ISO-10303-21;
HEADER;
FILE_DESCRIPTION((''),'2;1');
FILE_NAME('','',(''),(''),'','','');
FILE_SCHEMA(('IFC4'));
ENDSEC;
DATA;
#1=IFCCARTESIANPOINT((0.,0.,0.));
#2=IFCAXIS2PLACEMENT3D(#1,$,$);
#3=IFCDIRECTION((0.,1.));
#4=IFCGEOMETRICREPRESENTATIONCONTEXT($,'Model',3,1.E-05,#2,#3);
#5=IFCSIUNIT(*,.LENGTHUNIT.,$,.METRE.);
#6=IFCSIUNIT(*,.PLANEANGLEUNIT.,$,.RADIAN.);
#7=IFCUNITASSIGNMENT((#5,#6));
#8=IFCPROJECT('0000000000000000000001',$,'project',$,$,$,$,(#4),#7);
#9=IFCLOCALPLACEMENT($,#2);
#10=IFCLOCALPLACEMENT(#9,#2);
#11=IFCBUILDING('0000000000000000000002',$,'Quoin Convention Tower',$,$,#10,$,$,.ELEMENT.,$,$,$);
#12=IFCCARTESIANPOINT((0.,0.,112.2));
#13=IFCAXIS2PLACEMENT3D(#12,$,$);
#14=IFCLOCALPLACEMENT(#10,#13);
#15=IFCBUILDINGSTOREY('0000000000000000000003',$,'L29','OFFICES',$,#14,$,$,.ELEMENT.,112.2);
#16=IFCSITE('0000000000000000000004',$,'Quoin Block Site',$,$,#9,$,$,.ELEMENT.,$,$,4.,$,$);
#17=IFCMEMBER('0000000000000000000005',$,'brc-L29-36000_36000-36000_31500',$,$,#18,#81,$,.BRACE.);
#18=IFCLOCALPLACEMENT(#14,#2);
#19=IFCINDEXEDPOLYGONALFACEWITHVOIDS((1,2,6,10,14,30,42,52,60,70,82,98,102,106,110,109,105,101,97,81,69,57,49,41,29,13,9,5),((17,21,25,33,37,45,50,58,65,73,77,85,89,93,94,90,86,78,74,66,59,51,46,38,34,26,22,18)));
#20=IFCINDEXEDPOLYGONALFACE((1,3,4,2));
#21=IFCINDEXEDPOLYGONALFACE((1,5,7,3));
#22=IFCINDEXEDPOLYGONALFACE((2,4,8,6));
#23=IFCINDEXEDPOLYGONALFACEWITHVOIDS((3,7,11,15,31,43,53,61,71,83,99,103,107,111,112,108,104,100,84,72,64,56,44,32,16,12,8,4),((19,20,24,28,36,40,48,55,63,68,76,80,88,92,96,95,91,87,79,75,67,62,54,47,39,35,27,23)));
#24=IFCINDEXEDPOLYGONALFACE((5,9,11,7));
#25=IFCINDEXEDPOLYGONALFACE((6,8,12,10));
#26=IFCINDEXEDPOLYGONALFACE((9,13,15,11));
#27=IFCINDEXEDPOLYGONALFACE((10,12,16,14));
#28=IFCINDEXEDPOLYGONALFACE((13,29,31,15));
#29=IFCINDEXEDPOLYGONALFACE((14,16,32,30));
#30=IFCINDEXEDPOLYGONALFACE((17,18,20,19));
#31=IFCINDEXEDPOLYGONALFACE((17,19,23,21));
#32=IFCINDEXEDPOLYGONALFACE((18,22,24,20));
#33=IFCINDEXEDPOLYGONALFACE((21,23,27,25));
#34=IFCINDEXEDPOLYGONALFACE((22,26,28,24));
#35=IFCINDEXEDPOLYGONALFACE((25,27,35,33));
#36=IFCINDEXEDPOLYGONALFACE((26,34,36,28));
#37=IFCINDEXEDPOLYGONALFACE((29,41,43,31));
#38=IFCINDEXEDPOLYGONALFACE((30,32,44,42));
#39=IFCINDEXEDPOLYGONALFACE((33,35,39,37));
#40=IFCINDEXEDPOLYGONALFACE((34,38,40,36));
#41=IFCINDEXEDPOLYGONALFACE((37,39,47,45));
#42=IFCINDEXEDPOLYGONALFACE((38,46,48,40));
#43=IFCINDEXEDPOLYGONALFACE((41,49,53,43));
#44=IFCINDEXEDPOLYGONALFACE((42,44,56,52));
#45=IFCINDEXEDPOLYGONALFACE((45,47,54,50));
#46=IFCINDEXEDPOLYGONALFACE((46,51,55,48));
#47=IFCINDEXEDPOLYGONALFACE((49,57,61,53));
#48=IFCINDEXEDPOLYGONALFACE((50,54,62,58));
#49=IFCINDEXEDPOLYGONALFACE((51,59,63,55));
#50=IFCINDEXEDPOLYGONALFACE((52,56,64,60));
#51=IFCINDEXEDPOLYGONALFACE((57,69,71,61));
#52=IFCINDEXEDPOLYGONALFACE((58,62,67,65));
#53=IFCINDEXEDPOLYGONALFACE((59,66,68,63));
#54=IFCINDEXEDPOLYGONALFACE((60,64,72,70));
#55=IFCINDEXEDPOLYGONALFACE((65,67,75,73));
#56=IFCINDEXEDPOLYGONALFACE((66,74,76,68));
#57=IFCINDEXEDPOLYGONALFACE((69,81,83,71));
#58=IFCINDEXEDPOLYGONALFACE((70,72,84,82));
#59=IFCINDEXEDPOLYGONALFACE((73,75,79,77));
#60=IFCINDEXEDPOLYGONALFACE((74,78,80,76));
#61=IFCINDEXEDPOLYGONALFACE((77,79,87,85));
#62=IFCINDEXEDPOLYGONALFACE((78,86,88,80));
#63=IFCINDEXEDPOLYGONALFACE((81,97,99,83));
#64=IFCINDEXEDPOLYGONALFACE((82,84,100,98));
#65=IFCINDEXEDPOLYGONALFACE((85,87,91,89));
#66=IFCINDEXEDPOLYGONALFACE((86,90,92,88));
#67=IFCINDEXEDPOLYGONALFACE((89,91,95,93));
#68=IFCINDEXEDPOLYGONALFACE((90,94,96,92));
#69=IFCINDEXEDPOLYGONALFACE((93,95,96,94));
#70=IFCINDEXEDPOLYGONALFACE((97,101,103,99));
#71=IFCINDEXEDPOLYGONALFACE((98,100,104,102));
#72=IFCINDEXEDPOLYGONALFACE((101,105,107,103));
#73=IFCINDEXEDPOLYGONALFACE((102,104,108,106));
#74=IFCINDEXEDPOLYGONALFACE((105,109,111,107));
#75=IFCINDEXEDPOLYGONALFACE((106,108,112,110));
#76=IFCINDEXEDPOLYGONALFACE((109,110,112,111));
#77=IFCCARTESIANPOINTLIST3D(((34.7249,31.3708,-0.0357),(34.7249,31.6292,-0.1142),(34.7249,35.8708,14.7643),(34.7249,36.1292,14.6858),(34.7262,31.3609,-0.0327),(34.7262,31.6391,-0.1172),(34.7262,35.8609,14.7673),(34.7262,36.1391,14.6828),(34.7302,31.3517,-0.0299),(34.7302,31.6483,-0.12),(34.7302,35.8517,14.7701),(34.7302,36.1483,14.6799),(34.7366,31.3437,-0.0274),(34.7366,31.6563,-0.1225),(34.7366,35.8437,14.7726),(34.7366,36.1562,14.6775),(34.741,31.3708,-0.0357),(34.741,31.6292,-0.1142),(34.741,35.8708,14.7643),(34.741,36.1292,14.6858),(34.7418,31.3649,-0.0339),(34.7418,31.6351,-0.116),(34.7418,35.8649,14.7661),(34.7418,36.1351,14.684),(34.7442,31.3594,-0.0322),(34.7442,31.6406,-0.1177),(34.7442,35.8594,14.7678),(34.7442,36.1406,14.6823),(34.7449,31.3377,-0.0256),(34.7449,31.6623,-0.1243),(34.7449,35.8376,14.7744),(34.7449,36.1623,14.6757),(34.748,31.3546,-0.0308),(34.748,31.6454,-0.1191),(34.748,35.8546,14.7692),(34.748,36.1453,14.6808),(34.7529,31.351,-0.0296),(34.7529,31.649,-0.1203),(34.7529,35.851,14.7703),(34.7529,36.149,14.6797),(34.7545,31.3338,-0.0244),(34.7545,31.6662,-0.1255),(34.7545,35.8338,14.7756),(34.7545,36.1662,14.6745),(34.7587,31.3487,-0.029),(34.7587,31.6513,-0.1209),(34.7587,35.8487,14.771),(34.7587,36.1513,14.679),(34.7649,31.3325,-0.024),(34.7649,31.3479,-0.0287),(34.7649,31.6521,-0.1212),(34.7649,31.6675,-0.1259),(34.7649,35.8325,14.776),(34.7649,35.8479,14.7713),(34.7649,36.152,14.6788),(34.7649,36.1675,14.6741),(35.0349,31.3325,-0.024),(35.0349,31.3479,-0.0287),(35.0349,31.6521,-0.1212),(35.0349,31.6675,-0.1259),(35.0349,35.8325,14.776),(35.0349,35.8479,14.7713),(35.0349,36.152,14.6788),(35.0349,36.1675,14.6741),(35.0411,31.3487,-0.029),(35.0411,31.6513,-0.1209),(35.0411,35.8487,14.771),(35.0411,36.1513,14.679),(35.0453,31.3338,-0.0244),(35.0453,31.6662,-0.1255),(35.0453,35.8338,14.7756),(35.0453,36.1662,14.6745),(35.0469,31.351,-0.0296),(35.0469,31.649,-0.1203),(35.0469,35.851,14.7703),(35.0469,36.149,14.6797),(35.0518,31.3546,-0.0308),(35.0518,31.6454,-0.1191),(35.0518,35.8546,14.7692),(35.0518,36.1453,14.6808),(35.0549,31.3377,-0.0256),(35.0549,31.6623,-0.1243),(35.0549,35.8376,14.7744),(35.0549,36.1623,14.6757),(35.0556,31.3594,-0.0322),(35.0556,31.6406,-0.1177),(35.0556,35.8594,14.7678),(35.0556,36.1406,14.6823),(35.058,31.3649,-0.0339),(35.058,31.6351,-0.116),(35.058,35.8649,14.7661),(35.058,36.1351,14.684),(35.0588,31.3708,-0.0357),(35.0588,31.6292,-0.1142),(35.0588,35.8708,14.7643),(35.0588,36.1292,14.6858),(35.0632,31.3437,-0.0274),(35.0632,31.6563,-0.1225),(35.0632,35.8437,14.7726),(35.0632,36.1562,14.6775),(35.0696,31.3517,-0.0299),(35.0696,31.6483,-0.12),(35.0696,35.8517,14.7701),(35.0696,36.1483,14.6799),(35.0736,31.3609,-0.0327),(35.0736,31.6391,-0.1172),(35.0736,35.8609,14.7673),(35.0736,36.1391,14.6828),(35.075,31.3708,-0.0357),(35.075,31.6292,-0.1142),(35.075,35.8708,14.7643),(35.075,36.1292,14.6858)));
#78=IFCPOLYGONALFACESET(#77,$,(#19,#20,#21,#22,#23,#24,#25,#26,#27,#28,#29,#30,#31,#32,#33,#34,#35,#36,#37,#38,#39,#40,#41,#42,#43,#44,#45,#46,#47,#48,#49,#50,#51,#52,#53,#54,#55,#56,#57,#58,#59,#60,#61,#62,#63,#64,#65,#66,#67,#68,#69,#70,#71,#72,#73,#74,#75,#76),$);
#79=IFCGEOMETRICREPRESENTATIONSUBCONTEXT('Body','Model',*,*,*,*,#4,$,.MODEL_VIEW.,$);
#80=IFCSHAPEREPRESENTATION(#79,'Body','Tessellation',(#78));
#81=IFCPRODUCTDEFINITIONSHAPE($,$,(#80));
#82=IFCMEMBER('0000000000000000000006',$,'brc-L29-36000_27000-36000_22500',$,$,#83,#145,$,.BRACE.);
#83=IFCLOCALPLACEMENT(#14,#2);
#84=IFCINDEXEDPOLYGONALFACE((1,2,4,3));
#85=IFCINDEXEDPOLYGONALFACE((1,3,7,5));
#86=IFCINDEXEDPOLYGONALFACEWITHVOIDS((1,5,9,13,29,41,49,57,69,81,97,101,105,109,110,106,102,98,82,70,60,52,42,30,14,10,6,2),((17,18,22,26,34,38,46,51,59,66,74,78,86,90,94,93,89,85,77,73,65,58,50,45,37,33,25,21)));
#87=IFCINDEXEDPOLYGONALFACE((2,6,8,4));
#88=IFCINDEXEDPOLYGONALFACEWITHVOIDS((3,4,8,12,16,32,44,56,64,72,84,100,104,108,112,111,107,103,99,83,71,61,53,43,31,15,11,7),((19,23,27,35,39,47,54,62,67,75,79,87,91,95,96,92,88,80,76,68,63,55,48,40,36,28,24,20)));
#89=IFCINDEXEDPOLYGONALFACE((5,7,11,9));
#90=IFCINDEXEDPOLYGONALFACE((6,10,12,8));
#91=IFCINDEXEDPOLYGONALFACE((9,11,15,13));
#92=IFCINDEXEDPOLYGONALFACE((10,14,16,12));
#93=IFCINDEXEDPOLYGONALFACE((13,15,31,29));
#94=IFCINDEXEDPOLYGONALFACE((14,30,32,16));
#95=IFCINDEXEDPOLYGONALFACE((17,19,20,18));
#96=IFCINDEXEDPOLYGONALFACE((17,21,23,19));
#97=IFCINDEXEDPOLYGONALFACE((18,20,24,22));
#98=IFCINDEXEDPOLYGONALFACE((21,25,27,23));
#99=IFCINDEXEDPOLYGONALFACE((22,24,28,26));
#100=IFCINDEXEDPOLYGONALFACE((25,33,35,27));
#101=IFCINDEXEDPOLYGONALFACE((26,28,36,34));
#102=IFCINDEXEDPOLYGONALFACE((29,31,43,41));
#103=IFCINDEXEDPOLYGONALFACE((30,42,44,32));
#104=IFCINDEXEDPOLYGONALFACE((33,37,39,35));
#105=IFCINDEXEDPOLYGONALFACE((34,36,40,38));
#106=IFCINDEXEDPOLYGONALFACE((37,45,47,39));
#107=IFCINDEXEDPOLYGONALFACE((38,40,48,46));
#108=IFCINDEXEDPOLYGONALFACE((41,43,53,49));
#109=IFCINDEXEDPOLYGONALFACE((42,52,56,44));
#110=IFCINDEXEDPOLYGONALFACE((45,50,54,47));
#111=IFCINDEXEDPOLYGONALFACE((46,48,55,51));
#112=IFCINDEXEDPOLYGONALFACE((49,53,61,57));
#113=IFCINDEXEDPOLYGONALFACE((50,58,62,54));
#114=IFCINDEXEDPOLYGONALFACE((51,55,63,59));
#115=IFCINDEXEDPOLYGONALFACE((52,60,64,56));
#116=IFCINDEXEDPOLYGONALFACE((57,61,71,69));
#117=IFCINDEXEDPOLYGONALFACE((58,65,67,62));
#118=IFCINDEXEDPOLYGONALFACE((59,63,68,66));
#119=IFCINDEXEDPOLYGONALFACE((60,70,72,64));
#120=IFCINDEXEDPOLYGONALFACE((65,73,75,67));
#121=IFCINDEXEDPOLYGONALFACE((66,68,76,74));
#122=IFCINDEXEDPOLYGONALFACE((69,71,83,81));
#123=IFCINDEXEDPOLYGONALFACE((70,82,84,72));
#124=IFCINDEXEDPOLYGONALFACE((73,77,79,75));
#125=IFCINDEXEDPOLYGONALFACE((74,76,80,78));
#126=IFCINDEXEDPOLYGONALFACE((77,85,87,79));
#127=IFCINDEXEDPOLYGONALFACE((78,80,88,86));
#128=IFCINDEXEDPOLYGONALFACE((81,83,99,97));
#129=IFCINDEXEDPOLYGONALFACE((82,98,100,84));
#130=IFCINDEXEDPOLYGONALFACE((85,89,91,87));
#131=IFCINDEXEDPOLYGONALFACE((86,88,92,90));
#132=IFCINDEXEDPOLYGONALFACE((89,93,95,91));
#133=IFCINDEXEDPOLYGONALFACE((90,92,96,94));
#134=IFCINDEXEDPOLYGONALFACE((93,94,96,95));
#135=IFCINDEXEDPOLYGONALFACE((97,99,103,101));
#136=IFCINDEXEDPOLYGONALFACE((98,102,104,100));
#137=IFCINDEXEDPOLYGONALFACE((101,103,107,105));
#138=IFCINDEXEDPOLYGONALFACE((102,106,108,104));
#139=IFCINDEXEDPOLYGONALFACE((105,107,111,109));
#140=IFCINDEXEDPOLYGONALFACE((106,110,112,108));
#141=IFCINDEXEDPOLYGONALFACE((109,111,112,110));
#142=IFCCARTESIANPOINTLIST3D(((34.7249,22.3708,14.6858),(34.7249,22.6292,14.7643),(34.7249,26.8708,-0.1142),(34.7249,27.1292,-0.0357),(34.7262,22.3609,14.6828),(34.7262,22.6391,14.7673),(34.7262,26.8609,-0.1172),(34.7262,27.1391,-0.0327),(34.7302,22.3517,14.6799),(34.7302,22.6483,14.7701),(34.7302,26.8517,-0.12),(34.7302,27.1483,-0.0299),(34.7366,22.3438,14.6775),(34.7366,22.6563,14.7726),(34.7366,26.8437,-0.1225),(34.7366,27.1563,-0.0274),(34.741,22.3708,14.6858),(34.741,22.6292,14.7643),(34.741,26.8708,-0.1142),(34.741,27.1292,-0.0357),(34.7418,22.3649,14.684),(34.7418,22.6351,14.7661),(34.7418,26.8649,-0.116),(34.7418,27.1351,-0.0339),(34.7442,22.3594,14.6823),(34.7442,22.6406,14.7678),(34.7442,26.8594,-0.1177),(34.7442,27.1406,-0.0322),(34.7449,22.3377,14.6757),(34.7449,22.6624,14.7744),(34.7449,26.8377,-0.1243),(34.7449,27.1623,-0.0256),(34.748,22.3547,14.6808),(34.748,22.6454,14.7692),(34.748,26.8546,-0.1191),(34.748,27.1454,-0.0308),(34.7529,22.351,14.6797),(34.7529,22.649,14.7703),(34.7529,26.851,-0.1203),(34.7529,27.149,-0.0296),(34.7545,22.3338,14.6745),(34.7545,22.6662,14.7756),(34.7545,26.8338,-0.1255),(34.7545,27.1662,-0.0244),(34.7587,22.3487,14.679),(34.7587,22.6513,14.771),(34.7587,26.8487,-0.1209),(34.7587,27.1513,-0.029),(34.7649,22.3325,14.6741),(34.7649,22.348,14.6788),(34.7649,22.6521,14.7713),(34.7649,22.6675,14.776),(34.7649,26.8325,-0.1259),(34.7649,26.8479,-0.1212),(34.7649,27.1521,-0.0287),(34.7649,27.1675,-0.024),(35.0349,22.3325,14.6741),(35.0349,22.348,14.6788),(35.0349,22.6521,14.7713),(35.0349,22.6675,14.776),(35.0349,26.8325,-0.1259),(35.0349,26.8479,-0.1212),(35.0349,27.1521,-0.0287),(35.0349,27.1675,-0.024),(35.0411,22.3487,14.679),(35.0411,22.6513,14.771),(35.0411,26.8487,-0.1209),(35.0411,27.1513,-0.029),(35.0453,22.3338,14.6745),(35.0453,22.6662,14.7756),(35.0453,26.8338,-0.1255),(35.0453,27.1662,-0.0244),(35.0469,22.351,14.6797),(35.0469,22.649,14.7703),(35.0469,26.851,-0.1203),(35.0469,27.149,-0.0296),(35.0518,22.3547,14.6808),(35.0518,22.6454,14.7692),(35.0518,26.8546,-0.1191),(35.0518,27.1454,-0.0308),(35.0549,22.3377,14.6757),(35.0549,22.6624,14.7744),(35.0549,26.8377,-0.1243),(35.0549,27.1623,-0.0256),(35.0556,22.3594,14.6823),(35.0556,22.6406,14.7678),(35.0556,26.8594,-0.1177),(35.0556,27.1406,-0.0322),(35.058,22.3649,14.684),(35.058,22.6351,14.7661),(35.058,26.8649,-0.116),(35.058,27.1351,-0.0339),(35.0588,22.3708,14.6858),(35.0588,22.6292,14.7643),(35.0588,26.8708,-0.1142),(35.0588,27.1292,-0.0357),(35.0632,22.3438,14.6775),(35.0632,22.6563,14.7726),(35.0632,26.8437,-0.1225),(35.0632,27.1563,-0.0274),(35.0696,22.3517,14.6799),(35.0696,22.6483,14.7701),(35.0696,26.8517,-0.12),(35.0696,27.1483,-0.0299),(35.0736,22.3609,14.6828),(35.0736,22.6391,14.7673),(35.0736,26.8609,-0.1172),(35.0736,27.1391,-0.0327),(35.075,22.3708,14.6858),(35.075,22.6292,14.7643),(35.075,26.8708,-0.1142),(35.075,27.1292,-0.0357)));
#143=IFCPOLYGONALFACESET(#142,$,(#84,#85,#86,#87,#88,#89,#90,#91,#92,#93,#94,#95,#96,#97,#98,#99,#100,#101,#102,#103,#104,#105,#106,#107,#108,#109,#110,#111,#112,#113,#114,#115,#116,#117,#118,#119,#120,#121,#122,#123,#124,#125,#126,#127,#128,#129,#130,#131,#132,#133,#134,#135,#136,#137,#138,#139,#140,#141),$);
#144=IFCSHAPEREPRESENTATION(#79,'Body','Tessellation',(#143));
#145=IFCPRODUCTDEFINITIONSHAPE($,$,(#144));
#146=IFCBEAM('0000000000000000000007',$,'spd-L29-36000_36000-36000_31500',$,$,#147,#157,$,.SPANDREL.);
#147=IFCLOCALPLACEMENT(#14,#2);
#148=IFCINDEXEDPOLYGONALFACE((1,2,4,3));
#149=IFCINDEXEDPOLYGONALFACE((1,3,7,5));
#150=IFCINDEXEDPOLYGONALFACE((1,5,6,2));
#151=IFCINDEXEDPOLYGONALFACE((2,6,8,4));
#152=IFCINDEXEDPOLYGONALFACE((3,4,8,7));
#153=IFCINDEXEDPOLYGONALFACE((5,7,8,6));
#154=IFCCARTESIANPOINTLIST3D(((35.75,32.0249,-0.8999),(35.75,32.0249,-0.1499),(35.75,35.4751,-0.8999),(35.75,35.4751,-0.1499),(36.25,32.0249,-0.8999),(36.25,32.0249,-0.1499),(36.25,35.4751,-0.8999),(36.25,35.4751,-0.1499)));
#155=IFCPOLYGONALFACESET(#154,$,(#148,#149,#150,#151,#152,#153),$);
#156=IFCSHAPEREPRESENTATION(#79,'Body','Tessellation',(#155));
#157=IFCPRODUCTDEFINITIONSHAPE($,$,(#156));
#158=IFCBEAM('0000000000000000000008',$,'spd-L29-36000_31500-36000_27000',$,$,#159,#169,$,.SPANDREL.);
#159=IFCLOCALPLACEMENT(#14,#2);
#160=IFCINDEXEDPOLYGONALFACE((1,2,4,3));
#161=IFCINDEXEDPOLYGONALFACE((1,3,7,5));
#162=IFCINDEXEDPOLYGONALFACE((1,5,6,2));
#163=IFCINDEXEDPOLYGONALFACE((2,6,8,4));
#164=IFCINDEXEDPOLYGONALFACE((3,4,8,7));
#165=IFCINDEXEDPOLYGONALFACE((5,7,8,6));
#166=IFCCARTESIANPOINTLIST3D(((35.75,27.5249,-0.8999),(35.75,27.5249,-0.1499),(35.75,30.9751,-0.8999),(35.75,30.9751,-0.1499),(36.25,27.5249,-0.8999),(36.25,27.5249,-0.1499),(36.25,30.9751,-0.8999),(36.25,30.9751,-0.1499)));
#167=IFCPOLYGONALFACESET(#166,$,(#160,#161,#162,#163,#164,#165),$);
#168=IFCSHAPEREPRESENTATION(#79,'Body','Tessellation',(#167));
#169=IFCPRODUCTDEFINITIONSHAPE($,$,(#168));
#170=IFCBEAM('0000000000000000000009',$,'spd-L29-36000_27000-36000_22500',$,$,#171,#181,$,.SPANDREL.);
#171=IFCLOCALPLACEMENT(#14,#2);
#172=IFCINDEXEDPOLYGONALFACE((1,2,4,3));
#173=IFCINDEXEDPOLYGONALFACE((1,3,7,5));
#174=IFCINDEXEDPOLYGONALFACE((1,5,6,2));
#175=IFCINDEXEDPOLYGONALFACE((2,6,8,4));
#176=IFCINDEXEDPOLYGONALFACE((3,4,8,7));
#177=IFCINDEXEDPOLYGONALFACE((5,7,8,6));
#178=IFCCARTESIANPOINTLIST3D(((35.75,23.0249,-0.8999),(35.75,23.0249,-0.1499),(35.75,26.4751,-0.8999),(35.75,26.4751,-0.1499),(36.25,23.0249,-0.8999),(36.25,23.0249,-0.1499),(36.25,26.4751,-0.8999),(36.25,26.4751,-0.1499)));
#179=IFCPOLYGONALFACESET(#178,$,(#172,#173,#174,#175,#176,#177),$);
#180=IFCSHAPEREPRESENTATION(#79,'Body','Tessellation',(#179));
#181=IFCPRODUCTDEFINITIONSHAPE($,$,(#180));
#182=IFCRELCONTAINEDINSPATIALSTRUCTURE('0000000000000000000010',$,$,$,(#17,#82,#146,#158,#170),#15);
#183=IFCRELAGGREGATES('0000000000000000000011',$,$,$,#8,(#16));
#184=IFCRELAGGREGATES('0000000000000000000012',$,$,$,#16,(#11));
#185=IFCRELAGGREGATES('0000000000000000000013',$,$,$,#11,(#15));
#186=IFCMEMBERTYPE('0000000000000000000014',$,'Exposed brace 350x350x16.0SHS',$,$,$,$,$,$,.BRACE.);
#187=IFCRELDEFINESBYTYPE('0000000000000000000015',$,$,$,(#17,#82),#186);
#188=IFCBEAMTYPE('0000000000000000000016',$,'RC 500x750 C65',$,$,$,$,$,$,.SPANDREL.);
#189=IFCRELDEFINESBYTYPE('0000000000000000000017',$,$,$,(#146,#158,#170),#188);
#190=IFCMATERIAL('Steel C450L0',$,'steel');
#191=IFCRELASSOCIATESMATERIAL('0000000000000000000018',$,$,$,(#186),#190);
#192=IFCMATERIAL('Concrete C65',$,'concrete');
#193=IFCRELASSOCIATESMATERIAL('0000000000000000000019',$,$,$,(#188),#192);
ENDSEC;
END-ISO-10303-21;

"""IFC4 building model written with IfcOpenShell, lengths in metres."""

from ifc_helpers import new_model, si_unit, direction, frame, origin, origin_2d, place, context, subcontext, project, spatial, rectangle, hollow_rectangle, extrude, material, material_profile, profile_set, type_object, element, save


model = new_model("IFC4")

# Units and contexts
model_context = context("Model", 3, precision=1e-05, world=origin(), true_north=direction((0.0, 1.0)))
body_context = subcontext(model_context, "Body", "Model", "MODEL_VIEW")
ifc_project = project(units=[si_unit("LENGTHUNIT", "METRE"), si_unit("PLANEANGLEUNIT", "RADIAN")], contexts=[model_context])

# Site, building, storey
site_placement = place(None, origin())
site = spatial("IfcSite", under=ifc_project, at=site_placement, Name="Quoin Block Site", CompositionType="ELEMENT", RefElevation=4.0)
building_placement = place(site_placement, origin())
building = spatial("IfcBuilding", under=site, at=building_placement, Name="Quoin Convention Tower", CompositionType="ELEMENT")
storey_placement = place(building_placement, frame((0.0, 0.0, 112.2)))
storey = spatial("IfcBuildingStorey", under=building, at=storey_placement, Name="L29", Description="OFFICES", CompositionType="ELEMENT", Elevation=112.2)

# Shared definitions
ifc_material_1 = material(Name="Concrete C65", Category="concrete")

# Members
ifc_material_2 = material(Name="Steel C450L0", Category="steel")
ifc_material_profile_1 = material_profile(ifc_material_2, hollow_rectangle(XDim=0.3501, YDim=0.3501, WallThickness=0.0161, InnerFilletRadius=0.0239, OuterFilletRadius=0.04, at=origin_2d()), Name="350x350x16.0SHS")
ifc_profile_set_1 = profile_set([ifc_material_profile_1], Name="Steel C450L0")
member_type = type_object("IfcMemberType", Name="Exposed brace 350x350x16.0SHS", PredefinedType="BRACE", material=ifc_profile_set_1)
for number, where, z_axis, x_axis, name in (
    (1, (34.8999, 31.5, -0.075), (0.0, 0.290903, 0.956752), (-1.0, 0.0, 0.0), "brc-L29-36000_36000-36000_31500"),
    (2, (34.8999, 27.0, -0.075), (0.0, -0.290903, 0.956752), (1.0, 0.0, 0.0), "brc-L29-36000_27000-36000_22500"),
):
    element("IfcMember", number, at=place(storey_placement, frame(where, z_axis=z_axis, x_axis=x_axis)), inside=storey, type_object=member_type, Name=name, PredefinedType="BRACE", context=body_context, shape_type="SweptSolid", body=[
        extrude(hollow_rectangle(XDim=0.3501, YDim=0.3501, WallThickness=0.0161, InnerFilletRadius=0.0239, OuterFilletRadius=0.04, at=origin_2d()), origin(), (0.0, 0.0, 1.0), 15.469),
    ])

# Beams
ifc_material_profile_2 = material_profile(ifc_material_1, rectangle(XDim=0.5, YDim=0.75, at=origin_2d()), Name="RC 500x750")
ifc_profile_set_2 = profile_set([ifc_material_profile_2], Name="Concrete C65")
beam_type = type_object("IfcBeamType", Name="RC 500x750 C65", PredefinedType="SPANDREL", material=ifc_profile_set_2)
for number, where, z_axis, x_axis, name in (
    (3, (36.0, 35.4751, -0.5249), (0.0, -1.0, 0.0), (1.0, 0.0, 0.0), "spd-L29-36000_36000-36000_31500"),
    (4, (36.0, 30.9751, -0.5249), (0.0, -1.0, 0.0), (1.0, 0.0, 0.0), "spd-L29-36000_31500-36000_27000"),
    (5, (36.0, 26.4751, -0.5249), (0.0, -1.0, 0.0), (1.0, 0.0, 0.0), "spd-L29-36000_27000-36000_22500"),
):
    element("IfcBeam", number, at=place(storey_placement, frame(where, z_axis=z_axis, x_axis=x_axis)), inside=storey, type_object=beam_type, Name=name, PredefinedType="SPANDREL", context=body_context, shape_type="SweptSolid", body=[
        extrude(rectangle(XDim=0.5, YDim=0.75, at=origin_2d()), origin(), (0.0, 0.0, 1.0), 3.4502),
    ])

save(model, "model.ifc")
